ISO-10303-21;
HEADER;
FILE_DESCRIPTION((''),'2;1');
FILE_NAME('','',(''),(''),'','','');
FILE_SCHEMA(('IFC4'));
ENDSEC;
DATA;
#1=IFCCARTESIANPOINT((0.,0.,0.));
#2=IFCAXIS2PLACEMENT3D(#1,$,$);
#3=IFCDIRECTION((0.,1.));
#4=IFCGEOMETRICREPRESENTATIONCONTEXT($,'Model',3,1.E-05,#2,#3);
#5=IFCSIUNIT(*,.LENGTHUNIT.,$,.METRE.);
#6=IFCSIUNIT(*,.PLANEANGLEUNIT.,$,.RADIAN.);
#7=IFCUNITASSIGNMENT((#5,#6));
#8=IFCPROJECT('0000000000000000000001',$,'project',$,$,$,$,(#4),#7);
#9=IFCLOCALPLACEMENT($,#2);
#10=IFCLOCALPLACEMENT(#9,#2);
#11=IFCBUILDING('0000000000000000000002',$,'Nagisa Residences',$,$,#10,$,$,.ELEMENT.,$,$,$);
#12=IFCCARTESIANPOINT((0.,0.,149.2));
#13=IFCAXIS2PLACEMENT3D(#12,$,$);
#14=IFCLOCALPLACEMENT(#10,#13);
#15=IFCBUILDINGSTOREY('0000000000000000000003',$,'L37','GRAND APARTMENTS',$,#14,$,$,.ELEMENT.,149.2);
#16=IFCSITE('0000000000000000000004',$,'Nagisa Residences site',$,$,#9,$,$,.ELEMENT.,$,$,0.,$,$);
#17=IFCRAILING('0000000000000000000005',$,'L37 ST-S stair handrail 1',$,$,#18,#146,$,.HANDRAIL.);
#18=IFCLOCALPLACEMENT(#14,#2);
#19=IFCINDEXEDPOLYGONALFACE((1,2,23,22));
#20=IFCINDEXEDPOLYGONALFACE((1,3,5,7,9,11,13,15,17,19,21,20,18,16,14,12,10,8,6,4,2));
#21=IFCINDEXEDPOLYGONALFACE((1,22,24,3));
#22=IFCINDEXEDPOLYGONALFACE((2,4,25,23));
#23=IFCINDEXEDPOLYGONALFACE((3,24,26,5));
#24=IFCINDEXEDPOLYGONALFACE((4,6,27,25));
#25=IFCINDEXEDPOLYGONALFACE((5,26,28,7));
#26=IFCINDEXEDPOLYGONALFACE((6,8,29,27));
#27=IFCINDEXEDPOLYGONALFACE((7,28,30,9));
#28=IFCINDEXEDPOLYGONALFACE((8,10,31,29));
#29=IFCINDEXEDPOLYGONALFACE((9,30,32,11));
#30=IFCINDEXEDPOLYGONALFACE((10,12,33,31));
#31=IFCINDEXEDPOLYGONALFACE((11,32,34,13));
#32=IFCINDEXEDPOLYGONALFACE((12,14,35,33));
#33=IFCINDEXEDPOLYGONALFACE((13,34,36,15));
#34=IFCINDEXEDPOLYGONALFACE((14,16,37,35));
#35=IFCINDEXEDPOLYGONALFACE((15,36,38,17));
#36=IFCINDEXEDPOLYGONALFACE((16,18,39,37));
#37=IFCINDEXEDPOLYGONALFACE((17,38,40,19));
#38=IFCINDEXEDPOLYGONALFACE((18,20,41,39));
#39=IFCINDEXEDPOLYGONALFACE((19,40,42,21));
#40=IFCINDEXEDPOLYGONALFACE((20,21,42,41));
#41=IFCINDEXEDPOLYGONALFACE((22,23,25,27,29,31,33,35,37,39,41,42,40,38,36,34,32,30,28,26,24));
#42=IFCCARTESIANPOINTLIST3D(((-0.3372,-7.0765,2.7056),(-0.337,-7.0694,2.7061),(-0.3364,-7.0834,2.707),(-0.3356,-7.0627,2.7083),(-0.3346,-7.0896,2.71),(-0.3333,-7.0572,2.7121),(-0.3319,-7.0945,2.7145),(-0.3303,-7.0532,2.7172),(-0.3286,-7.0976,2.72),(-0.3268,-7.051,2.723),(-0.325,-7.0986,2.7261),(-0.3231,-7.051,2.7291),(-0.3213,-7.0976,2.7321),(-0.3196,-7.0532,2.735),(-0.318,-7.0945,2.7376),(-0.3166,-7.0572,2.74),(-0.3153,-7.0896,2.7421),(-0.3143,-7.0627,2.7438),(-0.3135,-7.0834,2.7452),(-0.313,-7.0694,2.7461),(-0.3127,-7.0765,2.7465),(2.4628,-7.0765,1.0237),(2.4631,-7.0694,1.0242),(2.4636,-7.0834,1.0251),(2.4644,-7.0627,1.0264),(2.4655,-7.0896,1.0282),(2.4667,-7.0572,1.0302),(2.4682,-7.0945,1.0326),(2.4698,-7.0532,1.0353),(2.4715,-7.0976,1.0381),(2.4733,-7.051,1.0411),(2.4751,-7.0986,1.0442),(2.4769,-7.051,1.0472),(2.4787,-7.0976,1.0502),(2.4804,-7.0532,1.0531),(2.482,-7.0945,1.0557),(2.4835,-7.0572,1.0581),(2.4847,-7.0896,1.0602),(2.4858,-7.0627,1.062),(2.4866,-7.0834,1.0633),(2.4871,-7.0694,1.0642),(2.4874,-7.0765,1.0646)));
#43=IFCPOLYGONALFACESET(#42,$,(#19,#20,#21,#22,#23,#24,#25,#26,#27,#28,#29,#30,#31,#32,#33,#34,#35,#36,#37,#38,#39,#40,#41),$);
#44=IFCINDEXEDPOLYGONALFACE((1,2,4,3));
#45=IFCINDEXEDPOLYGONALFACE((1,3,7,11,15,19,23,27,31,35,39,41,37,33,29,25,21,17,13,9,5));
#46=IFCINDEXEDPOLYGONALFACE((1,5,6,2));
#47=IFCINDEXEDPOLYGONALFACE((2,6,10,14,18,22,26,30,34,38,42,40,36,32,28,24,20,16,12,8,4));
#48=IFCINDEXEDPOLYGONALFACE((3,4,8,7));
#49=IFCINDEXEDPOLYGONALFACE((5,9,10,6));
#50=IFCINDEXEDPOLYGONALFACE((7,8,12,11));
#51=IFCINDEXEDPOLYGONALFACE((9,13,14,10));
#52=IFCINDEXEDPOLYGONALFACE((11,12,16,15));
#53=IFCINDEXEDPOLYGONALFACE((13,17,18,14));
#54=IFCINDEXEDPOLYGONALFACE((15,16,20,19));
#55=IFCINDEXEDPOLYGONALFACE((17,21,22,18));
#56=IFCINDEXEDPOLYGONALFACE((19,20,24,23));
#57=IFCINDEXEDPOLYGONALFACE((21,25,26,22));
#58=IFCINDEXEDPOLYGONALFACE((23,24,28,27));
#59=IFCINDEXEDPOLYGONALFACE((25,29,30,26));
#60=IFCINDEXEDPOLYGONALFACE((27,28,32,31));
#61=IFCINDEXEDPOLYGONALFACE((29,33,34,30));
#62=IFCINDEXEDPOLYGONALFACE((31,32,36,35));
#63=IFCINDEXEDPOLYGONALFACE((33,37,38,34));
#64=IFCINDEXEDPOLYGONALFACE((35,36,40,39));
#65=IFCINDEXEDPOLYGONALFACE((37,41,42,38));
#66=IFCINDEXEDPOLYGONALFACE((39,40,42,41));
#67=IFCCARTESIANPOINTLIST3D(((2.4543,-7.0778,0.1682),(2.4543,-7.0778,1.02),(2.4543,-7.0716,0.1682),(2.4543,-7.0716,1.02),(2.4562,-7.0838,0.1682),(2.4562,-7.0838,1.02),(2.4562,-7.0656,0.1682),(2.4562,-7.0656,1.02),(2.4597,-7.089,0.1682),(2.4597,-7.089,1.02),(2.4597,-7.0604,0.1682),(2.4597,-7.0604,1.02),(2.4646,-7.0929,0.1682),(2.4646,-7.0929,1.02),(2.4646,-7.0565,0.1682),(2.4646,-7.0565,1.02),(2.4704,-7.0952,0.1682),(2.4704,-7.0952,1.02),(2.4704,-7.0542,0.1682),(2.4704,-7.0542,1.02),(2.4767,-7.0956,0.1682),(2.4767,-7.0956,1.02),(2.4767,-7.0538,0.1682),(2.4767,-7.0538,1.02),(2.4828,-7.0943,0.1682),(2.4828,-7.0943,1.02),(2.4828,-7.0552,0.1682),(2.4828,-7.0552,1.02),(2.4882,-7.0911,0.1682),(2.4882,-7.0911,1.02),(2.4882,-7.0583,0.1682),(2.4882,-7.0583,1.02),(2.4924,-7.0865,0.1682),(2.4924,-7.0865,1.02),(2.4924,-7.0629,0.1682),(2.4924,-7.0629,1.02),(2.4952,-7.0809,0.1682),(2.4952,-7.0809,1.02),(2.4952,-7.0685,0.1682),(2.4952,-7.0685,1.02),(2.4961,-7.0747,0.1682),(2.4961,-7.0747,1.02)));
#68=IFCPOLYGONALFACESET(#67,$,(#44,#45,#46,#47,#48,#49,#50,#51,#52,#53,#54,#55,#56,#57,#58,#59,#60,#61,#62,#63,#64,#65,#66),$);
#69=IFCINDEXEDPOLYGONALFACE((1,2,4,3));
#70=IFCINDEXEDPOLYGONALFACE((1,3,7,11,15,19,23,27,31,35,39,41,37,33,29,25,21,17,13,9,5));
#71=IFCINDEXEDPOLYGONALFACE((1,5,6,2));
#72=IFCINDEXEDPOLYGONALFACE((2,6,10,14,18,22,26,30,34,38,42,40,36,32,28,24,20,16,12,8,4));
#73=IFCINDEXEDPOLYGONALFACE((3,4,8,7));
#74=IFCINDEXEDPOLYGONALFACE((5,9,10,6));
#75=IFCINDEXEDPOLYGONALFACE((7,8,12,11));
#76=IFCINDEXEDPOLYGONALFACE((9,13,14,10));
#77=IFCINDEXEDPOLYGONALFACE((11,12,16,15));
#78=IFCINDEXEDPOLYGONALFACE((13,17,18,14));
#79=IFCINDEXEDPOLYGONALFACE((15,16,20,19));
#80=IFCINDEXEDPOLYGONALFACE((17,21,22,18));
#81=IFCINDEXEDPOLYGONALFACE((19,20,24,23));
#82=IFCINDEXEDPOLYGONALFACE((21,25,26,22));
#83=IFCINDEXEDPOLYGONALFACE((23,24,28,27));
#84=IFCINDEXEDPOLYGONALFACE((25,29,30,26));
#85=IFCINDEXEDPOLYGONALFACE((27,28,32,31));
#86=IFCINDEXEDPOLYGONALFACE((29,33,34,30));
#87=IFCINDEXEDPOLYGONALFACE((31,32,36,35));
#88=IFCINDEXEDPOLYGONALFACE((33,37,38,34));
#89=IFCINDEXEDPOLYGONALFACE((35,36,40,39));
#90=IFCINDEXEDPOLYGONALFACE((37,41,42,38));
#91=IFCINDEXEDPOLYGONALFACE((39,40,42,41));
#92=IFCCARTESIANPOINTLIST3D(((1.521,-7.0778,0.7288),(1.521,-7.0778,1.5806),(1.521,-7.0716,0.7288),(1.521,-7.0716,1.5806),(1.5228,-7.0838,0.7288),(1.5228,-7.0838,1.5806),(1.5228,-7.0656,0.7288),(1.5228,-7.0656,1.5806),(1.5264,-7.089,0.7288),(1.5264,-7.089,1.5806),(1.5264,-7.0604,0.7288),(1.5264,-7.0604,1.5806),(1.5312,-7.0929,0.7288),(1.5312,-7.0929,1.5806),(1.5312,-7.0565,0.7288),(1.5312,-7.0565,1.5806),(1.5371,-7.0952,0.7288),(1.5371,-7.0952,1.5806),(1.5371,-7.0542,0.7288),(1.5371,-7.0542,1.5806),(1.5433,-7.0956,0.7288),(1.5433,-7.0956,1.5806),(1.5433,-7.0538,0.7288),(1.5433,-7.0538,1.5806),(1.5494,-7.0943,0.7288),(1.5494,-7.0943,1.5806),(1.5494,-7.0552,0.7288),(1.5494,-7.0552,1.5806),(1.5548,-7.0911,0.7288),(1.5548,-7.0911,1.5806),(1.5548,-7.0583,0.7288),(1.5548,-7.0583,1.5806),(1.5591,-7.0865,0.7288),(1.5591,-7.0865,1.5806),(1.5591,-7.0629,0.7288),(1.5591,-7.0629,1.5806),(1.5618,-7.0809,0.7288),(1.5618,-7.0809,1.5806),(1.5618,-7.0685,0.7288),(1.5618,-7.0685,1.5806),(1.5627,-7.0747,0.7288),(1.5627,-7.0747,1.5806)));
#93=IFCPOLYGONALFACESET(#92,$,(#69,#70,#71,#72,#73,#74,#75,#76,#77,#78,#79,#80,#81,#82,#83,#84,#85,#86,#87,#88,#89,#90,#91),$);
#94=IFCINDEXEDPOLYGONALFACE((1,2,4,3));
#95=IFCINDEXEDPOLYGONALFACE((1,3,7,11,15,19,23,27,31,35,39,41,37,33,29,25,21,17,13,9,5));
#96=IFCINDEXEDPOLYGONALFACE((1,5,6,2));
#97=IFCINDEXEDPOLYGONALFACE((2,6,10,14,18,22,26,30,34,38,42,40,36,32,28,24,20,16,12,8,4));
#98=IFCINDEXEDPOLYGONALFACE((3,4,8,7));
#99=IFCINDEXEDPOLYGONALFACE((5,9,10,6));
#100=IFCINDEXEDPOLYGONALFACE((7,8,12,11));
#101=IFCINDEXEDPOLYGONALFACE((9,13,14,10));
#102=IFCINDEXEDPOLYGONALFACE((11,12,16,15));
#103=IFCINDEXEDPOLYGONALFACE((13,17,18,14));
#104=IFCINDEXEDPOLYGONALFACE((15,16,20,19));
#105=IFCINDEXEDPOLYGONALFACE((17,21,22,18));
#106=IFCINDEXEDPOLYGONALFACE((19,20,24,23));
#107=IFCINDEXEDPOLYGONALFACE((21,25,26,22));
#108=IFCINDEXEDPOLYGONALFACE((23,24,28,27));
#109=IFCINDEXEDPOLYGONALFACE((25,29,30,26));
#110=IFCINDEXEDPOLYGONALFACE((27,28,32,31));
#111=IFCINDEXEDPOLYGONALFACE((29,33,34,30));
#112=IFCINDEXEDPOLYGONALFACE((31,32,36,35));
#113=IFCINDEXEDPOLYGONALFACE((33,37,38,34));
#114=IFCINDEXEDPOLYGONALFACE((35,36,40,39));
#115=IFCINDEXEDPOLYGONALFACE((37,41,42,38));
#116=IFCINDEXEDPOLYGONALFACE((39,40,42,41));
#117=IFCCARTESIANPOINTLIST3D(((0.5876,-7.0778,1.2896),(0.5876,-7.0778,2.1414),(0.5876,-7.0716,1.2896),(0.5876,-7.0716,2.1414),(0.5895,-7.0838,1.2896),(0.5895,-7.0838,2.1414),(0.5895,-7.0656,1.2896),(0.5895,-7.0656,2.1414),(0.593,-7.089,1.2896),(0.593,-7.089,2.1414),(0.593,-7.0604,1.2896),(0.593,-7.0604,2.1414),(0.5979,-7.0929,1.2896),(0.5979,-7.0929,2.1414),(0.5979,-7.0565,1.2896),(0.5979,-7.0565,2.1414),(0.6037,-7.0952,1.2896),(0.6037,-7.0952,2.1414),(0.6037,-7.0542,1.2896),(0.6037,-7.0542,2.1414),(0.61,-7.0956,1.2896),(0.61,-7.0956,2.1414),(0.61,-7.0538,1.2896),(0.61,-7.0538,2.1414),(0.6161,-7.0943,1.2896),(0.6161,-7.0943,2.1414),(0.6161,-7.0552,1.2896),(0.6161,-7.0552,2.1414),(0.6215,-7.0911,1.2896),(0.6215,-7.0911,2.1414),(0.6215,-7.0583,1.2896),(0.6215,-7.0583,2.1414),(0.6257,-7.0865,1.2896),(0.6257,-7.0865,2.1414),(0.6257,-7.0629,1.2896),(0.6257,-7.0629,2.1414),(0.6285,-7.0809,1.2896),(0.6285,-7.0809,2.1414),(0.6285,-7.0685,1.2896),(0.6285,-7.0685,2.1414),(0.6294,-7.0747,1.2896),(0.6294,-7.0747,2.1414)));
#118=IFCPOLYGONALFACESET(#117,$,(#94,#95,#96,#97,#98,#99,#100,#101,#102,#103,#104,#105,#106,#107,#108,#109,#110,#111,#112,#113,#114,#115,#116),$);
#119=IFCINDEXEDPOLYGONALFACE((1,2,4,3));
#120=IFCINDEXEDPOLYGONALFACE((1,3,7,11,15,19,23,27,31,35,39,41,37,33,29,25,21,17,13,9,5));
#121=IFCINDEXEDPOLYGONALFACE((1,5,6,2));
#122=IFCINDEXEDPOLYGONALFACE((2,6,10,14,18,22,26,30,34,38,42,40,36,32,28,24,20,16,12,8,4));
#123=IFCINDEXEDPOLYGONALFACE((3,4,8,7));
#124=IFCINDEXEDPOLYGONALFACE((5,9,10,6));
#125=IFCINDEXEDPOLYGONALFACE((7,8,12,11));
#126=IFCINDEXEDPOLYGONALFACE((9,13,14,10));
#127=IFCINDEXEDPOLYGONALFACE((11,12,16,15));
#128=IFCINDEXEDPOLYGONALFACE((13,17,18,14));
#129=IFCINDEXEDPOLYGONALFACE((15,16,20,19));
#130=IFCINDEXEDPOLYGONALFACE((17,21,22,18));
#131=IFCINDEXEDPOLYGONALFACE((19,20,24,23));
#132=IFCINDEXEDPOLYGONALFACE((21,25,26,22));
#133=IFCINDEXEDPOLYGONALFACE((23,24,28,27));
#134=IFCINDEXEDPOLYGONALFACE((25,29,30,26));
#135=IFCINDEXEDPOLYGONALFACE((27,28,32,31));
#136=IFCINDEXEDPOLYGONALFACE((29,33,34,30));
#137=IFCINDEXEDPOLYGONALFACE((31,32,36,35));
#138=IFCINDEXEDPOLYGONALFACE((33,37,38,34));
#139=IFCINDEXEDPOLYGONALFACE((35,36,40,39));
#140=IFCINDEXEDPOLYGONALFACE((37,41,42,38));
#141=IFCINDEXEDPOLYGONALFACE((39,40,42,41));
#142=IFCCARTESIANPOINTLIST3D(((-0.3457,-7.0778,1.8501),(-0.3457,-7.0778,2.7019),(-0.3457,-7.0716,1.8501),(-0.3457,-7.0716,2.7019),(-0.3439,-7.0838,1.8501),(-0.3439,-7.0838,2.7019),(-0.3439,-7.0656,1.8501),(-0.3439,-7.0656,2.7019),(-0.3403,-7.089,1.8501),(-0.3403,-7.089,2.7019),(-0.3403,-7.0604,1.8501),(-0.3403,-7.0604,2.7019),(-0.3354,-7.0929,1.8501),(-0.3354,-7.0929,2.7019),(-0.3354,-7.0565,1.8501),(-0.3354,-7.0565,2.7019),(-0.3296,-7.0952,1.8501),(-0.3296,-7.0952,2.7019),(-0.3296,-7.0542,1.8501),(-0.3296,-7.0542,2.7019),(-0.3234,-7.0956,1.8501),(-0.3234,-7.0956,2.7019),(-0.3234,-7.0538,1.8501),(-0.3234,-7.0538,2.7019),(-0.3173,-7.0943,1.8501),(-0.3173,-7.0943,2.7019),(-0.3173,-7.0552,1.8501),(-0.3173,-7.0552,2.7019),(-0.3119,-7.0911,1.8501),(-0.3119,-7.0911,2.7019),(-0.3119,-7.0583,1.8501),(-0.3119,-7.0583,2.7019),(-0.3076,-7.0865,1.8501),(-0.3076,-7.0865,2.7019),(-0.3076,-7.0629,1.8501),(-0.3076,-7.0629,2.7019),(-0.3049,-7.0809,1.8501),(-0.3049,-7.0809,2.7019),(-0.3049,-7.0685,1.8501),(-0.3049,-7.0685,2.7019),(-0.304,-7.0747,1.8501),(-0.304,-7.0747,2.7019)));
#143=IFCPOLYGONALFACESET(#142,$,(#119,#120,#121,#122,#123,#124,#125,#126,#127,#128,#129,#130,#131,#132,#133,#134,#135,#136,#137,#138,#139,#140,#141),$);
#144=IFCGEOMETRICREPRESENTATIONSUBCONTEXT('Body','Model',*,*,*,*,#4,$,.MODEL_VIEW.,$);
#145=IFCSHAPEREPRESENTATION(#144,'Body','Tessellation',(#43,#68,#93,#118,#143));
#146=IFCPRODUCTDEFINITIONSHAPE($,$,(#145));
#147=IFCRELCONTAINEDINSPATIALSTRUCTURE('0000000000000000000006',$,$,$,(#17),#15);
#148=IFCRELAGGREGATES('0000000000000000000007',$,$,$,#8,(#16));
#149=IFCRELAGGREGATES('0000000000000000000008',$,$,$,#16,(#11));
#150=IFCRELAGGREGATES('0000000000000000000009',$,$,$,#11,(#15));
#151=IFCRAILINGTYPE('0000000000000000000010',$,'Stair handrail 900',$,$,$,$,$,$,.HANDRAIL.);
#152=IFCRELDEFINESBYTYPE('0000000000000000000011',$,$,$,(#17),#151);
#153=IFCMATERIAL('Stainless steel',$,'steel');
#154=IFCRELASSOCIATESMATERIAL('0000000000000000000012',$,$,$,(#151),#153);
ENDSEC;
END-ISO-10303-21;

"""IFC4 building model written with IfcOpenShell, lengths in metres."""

from ifc_helpers import new_model, si_unit, direction, frame, origin, origin_2d, place, context, subcontext, project, spatial, circle, extrude, material, type_object, element, save


model = new_model("IFC4")

# Units and contexts
model_context = context("Model", 3, precision=1e-05, world=origin(), true_north=direction((0.0, 1.0)))
body_context = subcontext(model_context, "Body", "Model", "MODEL_VIEW")
ifc_project = project(units=[si_unit("LENGTHUNIT", "METRE"), si_unit("PLANEANGLEUNIT", "RADIAN")], contexts=[model_context])

# Site, building, storey
site_placement = place(None, origin())
site = spatial("IfcSite", under=ifc_project, at=site_placement, Name="Nagisa Residences site", CompositionType="ELEMENT", RefElevation=0.0)
building_placement = place(site_placement, origin())
building = spatial("IfcBuilding", under=site, at=building_placement, Name="Nagisa Residences", CompositionType="ELEMENT")
storey_placement = place(building_placement, frame((0.0, 0.0, 149.2)))
storey = spatial("IfcBuildingStorey", under=building, at=storey_placement, Name="L37", Description="GRAND APARTMENTS", CompositionType="ELEMENT", Elevation=149.2)

# Railing
ifc_material_1 = material(Name="Stainless steel", Category="steel")
railing_type_1 = type_object("IfcRailingType", Name="Stair handrail 900", PredefinedType="HANDRAIL", material=ifc_material_1)
railing_1_placement = place(storey_placement, frame((2.4751, -7.0747, 0.1682)))
element("IfcRailing", 1, at=railing_1_placement, inside=storey, type_object=railing_type_1, Name="L37 ST-S stair handrail 1", PredefinedType="HANDRAIL", context=body_context, shape_type="SweptSolid", body=[
    extrude(circle(Radius=0.0239, at=origin_2d()), frame((0.0, 0.0, 0.876), z_axis=(-0.857242, 0.0, 0.514913), x_axis=(0.0, -1.0, 0.0)), (0.0, 0.0, 1.0), 3.2664),
    extrude(circle(Radius=0.021, at=origin_2d()), origin(), (0.0, 0.0, 1.0), 0.8518),
    extrude(circle(Radius=0.021, at=origin_2d()), frame((-0.9333, 0.0, 0.5605)), (0.0, 0.0, 1.0), 0.8518),
    extrude(circle(Radius=0.021, at=origin_2d()), frame((-1.8667, 0.0, 1.1213)), (0.0, 0.0, 1.0), 0.8518),
    extrude(circle(Radius=0.021, at=origin_2d()), frame((-2.8, 0.0, 1.6819)), (0.0, 0.0, 1.0), 0.8518),
])

save(model, "model.ifc")
